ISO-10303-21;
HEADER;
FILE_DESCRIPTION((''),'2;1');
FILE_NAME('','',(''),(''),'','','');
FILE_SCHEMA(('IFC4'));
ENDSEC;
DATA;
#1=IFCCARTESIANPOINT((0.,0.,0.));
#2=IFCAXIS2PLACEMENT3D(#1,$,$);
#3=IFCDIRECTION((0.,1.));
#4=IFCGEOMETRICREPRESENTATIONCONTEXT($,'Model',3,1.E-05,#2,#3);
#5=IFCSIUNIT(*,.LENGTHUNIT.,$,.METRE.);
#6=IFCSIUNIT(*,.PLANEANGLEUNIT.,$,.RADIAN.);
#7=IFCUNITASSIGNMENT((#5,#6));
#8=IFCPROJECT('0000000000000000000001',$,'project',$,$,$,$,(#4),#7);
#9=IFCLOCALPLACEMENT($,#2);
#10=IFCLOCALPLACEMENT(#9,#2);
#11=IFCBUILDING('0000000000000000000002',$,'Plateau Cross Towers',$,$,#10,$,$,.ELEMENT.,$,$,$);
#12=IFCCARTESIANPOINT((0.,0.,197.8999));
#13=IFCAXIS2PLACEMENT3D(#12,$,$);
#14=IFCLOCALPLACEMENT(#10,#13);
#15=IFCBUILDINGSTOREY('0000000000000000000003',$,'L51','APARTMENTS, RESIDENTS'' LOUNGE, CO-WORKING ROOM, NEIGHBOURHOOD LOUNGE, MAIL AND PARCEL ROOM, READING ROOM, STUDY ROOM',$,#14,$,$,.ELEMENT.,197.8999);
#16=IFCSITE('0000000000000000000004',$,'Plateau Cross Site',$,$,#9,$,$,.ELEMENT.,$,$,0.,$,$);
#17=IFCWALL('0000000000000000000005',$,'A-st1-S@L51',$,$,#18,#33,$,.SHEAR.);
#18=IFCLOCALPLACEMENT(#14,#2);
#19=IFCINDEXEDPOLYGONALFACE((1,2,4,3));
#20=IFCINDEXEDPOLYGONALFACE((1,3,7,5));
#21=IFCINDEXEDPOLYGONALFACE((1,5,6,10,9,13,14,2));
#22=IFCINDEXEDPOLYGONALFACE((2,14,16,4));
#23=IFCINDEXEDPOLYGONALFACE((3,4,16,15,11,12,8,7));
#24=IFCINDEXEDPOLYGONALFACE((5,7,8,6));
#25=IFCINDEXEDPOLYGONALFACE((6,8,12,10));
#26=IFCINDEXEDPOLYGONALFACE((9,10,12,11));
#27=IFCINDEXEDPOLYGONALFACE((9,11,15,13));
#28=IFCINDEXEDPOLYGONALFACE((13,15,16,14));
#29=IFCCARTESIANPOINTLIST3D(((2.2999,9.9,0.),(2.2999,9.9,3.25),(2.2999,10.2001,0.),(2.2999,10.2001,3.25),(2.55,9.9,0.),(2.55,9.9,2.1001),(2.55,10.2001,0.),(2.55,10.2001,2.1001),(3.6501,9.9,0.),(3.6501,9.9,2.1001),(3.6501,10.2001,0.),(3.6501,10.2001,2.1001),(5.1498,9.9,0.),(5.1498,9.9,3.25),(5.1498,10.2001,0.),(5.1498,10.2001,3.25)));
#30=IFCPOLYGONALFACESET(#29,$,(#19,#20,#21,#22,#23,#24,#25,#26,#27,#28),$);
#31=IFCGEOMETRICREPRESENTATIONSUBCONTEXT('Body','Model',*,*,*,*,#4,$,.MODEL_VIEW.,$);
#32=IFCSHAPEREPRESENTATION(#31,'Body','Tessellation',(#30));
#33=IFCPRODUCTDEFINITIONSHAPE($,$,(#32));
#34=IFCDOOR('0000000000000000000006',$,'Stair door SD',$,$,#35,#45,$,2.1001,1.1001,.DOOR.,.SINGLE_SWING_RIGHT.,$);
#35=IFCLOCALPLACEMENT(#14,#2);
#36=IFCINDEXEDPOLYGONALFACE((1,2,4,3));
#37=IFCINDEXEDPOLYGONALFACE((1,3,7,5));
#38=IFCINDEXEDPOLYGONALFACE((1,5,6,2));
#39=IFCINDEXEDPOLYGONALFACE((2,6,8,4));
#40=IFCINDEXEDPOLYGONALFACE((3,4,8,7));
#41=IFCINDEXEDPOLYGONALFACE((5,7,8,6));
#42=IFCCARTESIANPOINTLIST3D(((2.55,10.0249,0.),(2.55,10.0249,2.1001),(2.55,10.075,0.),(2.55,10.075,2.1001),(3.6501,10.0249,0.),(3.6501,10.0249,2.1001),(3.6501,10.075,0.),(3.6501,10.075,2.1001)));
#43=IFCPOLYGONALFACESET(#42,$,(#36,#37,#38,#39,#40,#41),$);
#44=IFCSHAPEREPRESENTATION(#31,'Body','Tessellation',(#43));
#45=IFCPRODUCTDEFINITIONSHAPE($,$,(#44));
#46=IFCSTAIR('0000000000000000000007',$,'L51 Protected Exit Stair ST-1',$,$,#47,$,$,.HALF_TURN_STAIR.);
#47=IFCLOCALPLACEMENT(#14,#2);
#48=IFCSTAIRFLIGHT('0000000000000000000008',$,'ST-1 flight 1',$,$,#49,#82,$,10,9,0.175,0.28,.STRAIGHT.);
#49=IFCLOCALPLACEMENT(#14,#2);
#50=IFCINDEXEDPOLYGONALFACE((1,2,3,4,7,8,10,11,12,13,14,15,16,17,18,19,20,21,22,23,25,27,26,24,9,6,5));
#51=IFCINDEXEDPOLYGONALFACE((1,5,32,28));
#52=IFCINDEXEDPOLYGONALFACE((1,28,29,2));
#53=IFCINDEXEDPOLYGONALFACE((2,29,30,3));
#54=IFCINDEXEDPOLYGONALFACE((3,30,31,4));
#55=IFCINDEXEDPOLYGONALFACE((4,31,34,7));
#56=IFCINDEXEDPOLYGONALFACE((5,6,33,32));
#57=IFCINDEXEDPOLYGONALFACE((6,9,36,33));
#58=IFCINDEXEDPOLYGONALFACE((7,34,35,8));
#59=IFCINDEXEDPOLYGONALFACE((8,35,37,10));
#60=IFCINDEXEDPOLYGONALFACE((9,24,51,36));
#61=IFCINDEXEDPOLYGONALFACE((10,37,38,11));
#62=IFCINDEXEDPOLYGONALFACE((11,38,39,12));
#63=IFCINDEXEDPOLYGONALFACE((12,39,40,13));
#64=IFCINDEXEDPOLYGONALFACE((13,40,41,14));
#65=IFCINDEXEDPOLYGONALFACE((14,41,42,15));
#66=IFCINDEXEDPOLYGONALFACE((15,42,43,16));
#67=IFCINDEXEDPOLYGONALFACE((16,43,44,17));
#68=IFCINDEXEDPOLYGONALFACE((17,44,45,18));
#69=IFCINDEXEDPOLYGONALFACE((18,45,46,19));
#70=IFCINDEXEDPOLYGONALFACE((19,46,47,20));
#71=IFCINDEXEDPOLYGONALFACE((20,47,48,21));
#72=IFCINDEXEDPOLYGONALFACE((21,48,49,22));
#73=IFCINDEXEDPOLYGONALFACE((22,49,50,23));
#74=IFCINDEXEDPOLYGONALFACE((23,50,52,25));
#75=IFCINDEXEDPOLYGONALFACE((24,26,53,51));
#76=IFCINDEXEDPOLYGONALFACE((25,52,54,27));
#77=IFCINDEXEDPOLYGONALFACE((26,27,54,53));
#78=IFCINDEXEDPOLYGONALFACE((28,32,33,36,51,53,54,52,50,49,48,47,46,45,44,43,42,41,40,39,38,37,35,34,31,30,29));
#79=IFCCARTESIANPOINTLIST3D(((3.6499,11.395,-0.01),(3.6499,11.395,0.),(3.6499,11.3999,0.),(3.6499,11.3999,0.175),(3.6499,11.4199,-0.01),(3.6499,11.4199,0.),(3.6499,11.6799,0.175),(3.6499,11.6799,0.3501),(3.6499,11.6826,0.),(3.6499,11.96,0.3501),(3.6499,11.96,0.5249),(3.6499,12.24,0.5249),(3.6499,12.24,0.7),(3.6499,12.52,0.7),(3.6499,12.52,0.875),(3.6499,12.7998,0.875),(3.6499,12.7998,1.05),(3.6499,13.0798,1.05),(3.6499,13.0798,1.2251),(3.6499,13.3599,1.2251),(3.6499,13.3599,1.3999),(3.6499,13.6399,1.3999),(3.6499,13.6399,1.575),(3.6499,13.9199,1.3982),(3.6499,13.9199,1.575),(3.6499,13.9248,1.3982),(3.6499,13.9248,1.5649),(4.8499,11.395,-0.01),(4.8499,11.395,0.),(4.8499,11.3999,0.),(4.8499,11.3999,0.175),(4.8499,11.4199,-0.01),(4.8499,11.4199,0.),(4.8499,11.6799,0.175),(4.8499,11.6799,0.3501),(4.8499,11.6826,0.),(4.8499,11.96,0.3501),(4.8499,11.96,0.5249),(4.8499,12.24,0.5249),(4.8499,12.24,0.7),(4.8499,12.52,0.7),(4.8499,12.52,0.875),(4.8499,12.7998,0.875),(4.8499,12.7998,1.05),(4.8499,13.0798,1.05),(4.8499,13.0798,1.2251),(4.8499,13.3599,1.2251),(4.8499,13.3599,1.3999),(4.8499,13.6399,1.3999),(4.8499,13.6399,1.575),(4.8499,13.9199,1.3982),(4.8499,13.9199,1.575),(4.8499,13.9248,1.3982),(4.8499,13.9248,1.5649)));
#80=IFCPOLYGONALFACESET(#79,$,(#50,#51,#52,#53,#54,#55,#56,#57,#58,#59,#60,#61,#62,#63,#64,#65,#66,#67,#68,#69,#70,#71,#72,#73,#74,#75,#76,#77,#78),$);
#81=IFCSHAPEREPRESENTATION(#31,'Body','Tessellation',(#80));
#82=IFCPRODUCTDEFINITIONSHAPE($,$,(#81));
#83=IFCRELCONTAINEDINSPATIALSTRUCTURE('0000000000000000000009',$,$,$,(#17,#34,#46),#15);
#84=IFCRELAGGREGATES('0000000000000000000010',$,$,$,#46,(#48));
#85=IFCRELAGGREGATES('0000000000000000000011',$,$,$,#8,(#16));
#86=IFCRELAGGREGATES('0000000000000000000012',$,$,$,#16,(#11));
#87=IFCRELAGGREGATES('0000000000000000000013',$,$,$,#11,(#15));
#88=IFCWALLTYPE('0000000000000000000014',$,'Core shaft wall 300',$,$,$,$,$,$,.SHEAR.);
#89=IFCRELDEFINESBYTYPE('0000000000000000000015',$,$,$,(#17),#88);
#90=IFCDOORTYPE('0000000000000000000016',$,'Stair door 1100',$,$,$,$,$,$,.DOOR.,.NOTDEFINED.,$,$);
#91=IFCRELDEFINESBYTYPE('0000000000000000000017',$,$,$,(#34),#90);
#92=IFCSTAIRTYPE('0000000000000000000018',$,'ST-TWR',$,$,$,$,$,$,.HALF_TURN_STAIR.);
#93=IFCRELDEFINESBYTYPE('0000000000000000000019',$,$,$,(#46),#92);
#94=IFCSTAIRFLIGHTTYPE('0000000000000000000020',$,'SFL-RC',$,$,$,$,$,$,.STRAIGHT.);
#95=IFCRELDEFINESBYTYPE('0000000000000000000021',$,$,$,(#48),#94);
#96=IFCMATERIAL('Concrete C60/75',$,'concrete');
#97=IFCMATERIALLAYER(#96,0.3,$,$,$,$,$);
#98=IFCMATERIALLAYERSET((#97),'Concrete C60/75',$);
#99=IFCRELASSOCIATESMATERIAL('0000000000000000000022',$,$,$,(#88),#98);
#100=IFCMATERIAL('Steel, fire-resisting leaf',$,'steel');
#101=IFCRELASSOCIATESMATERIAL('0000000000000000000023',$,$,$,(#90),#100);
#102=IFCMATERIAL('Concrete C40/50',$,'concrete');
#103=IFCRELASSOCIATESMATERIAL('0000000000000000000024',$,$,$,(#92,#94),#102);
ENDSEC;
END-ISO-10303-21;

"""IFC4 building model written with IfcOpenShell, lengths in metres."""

from ifc_helpers import new_model, si_unit, direction, frame, frame_2d, origin, place, context, subcontext, project, spatial, polyline, rectangle, outline, extrude, material, layer, layer_set, type_object, element, fill, aggregate, save


model = new_model("IFC4")

# Units and contexts
model_context = context("Model", 3, precision=1e-05, world=origin(), true_north=direction((0.0, 1.0)))
body_context = subcontext(model_context, "Body", "Model", "MODEL_VIEW")
ifc_project = project(units=[si_unit("LENGTHUNIT", "METRE"), si_unit("PLANEANGLEUNIT", "RADIAN")], contexts=[model_context])

# Site, building, storey
site_placement = place(None, origin())
site = spatial("IfcSite", under=ifc_project, at=site_placement, Name="Plateau Cross Site", CompositionType="ELEMENT", RefElevation=0.0)
building_placement = place(site_placement, origin())
building = spatial("IfcBuilding", under=site, at=building_placement, Name="Plateau Cross Towers", CompositionType="ELEMENT")
storey_placement = place(building_placement, frame((0.0, 0.0, 197.8999)))
storey = spatial("IfcBuildingStorey", under=building, at=storey_placement, Name="L51", Description="APARTMENTS, RESIDENTS' LOUNGE, CO-WORKING ROOM, NEIGHBOURHOOD LOUNGE, MAIL AND PARCEL ROOM, READING ROOM, STUDY ROOM", CompositionType="ELEMENT", Elevation=197.8999)

# Shared definitions
ifc_material_1 = material(Name="Concrete C60/75", Category="concrete")
ifc_layer_1 = layer(ifc_material_1, 0.3)
ifc_layer_set_1 = layer_set([ifc_layer_1], Name="Concrete C60/75")
wall_type = type_object("IfcWallType", Name="Core shaft wall 300", PredefinedType="SHEAR", material=ifc_layer_set_1)
ifc_material_2 = material(Name="Steel, fire-resisting leaf", Category="steel")
door_type_1 = type_object("IfcDoorType", Name="Stair door 1100", OperationType="NOTDEFINED", PredefinedType="DOOR", material=ifc_material_2)

# Wall, opening, door
wall_1_placement = place(storey_placement, frame((2.3, 10.05, 0.0), z_axis=(0.0, 0.0, 1.0), x_axis=(1.0, 0.0, 0.0)))
wall_1 = element("IfcWall", 1, at=wall_1_placement, inside=storey, type_object=wall_type, Name="A-st1-S@L51", PredefinedType="SHEAR", context=body_context, shape_type="SweptSolid", body=[
    extrude(rectangle(XDim=2.8499, YDim=0.3, at=frame_2d((1.4248, 0.0))), origin(), (0.0, 0.0, 1.0), 3.25),
])
opening_1_placement = place(wall_1_placement, frame((0.25, 0.0, 0.0)))
opening_1 = element("IfcOpeningElement", 2, at=opening_1_placement, cuts=wall_1, PredefinedType="OPENING", context=body_context, shape_type="SweptSolid", body=[
    extrude(rectangle(XDim=1.1001, YDim=2.1001, at=frame_2d((0.55, 1.05))), frame((0.0, 0.1599, 0.0), z_axis=(0.0, -1.0, 0.0), x_axis=(1.0, 0.0, 0.0)), (0.0, 0.0, 1.0), 0.3201),
])
door_1_placement = place(opening_1_placement, origin())
door_1 = element("IfcDoor", 3, at=door_1_placement, inside=storey, type_object=door_type_1, Name="Stair door SD", OperationType="SINGLE_SWING_RIGHT", OverallHeight=2.1001, OverallWidth=1.1001, PredefinedType="DOOR", context=body_context, shape_type="SweptSolid", body=[
    extrude(rectangle(XDim=1.1001, YDim=2.1001, at=frame_2d((0.55, 1.05))), frame((0.0, 0.0249, 0.0), z_axis=(0.0, -1.0, 0.0), x_axis=(1.0, 0.0, 0.0)), (0.0, 0.0, 1.0), 0.05),
])
fill(opening_1, door_1)

# Stair, stair flight
ifc_material_3 = material(Name="Concrete C40/50", Category="concrete")
stair_type = type_object("IfcStairType", Name="ST-TWR", PredefinedType="HALF_TURN_STAIR", material=ifc_material_3)
stair_placement = place(storey_placement, origin())
stair = element("IfcStair", 4, at=stair_placement, inside=storey, type_object=stair_type, Name="L51 Protected Exit Stair ST-1", PredefinedType="HALF_TURN_STAIR")
stair_flight_type = type_object("IfcStairFlightType", Name="SFL-RC", PredefinedType="STRAIGHT", material=ifc_material_3)
stair_flight_placement = place(storey_placement, frame((4.25, 11.3999, 0.0), z_axis=(0.0, 0.0, 1.0), x_axis=(0.0, 1.0, 0.0)))
stair_flight = element("IfcStairFlight", 5, at=stair_flight_placement, type_object=stair_flight_type, Name="ST-1 flight 1", NumberOfRisers=10, NumberOfTreads=9, PredefinedType="STRAIGHT", RiserHeight=0.175, TreadLength=0.28, context=body_context, shape_type="SweptSolid", body=[
    extrude(outline(polyline([(-0.0049, -0.01), (-0.0049, 0.0), (0.0, 0.0), (0.0, 0.175), (0.28, 0.175), (0.28, 0.3501), (0.5601, 0.3501), (0.5601, 0.5249), (0.8401, 0.5249), (0.8401, 0.7), (1.1201, 0.7), (1.1201, 0.875), (1.3999, 0.875), (1.3999, 1.05), (1.6799, 1.05), (1.6799, 1.2251), (1.96, 1.2251), (1.96, 1.3999), (2.24, 1.3999), (2.24, 1.575), (2.52, 1.575), (2.5249, 1.5649), (2.5249, 1.3982), (2.52, 1.3982), (0.2827, 0.0), (0.02, 0.0), (0.02, -0.01), (-0.0049, -0.01)])), frame((0.0, 0.6001, 0.0), z_axis=(0.0, -1.0, 0.0), x_axis=(1.0, 0.0, 0.0)), (0.0, 0.0, 1.0), 1.2),
])
aggregate(stair, [stair_flight])

save(model, "model.ifc")
